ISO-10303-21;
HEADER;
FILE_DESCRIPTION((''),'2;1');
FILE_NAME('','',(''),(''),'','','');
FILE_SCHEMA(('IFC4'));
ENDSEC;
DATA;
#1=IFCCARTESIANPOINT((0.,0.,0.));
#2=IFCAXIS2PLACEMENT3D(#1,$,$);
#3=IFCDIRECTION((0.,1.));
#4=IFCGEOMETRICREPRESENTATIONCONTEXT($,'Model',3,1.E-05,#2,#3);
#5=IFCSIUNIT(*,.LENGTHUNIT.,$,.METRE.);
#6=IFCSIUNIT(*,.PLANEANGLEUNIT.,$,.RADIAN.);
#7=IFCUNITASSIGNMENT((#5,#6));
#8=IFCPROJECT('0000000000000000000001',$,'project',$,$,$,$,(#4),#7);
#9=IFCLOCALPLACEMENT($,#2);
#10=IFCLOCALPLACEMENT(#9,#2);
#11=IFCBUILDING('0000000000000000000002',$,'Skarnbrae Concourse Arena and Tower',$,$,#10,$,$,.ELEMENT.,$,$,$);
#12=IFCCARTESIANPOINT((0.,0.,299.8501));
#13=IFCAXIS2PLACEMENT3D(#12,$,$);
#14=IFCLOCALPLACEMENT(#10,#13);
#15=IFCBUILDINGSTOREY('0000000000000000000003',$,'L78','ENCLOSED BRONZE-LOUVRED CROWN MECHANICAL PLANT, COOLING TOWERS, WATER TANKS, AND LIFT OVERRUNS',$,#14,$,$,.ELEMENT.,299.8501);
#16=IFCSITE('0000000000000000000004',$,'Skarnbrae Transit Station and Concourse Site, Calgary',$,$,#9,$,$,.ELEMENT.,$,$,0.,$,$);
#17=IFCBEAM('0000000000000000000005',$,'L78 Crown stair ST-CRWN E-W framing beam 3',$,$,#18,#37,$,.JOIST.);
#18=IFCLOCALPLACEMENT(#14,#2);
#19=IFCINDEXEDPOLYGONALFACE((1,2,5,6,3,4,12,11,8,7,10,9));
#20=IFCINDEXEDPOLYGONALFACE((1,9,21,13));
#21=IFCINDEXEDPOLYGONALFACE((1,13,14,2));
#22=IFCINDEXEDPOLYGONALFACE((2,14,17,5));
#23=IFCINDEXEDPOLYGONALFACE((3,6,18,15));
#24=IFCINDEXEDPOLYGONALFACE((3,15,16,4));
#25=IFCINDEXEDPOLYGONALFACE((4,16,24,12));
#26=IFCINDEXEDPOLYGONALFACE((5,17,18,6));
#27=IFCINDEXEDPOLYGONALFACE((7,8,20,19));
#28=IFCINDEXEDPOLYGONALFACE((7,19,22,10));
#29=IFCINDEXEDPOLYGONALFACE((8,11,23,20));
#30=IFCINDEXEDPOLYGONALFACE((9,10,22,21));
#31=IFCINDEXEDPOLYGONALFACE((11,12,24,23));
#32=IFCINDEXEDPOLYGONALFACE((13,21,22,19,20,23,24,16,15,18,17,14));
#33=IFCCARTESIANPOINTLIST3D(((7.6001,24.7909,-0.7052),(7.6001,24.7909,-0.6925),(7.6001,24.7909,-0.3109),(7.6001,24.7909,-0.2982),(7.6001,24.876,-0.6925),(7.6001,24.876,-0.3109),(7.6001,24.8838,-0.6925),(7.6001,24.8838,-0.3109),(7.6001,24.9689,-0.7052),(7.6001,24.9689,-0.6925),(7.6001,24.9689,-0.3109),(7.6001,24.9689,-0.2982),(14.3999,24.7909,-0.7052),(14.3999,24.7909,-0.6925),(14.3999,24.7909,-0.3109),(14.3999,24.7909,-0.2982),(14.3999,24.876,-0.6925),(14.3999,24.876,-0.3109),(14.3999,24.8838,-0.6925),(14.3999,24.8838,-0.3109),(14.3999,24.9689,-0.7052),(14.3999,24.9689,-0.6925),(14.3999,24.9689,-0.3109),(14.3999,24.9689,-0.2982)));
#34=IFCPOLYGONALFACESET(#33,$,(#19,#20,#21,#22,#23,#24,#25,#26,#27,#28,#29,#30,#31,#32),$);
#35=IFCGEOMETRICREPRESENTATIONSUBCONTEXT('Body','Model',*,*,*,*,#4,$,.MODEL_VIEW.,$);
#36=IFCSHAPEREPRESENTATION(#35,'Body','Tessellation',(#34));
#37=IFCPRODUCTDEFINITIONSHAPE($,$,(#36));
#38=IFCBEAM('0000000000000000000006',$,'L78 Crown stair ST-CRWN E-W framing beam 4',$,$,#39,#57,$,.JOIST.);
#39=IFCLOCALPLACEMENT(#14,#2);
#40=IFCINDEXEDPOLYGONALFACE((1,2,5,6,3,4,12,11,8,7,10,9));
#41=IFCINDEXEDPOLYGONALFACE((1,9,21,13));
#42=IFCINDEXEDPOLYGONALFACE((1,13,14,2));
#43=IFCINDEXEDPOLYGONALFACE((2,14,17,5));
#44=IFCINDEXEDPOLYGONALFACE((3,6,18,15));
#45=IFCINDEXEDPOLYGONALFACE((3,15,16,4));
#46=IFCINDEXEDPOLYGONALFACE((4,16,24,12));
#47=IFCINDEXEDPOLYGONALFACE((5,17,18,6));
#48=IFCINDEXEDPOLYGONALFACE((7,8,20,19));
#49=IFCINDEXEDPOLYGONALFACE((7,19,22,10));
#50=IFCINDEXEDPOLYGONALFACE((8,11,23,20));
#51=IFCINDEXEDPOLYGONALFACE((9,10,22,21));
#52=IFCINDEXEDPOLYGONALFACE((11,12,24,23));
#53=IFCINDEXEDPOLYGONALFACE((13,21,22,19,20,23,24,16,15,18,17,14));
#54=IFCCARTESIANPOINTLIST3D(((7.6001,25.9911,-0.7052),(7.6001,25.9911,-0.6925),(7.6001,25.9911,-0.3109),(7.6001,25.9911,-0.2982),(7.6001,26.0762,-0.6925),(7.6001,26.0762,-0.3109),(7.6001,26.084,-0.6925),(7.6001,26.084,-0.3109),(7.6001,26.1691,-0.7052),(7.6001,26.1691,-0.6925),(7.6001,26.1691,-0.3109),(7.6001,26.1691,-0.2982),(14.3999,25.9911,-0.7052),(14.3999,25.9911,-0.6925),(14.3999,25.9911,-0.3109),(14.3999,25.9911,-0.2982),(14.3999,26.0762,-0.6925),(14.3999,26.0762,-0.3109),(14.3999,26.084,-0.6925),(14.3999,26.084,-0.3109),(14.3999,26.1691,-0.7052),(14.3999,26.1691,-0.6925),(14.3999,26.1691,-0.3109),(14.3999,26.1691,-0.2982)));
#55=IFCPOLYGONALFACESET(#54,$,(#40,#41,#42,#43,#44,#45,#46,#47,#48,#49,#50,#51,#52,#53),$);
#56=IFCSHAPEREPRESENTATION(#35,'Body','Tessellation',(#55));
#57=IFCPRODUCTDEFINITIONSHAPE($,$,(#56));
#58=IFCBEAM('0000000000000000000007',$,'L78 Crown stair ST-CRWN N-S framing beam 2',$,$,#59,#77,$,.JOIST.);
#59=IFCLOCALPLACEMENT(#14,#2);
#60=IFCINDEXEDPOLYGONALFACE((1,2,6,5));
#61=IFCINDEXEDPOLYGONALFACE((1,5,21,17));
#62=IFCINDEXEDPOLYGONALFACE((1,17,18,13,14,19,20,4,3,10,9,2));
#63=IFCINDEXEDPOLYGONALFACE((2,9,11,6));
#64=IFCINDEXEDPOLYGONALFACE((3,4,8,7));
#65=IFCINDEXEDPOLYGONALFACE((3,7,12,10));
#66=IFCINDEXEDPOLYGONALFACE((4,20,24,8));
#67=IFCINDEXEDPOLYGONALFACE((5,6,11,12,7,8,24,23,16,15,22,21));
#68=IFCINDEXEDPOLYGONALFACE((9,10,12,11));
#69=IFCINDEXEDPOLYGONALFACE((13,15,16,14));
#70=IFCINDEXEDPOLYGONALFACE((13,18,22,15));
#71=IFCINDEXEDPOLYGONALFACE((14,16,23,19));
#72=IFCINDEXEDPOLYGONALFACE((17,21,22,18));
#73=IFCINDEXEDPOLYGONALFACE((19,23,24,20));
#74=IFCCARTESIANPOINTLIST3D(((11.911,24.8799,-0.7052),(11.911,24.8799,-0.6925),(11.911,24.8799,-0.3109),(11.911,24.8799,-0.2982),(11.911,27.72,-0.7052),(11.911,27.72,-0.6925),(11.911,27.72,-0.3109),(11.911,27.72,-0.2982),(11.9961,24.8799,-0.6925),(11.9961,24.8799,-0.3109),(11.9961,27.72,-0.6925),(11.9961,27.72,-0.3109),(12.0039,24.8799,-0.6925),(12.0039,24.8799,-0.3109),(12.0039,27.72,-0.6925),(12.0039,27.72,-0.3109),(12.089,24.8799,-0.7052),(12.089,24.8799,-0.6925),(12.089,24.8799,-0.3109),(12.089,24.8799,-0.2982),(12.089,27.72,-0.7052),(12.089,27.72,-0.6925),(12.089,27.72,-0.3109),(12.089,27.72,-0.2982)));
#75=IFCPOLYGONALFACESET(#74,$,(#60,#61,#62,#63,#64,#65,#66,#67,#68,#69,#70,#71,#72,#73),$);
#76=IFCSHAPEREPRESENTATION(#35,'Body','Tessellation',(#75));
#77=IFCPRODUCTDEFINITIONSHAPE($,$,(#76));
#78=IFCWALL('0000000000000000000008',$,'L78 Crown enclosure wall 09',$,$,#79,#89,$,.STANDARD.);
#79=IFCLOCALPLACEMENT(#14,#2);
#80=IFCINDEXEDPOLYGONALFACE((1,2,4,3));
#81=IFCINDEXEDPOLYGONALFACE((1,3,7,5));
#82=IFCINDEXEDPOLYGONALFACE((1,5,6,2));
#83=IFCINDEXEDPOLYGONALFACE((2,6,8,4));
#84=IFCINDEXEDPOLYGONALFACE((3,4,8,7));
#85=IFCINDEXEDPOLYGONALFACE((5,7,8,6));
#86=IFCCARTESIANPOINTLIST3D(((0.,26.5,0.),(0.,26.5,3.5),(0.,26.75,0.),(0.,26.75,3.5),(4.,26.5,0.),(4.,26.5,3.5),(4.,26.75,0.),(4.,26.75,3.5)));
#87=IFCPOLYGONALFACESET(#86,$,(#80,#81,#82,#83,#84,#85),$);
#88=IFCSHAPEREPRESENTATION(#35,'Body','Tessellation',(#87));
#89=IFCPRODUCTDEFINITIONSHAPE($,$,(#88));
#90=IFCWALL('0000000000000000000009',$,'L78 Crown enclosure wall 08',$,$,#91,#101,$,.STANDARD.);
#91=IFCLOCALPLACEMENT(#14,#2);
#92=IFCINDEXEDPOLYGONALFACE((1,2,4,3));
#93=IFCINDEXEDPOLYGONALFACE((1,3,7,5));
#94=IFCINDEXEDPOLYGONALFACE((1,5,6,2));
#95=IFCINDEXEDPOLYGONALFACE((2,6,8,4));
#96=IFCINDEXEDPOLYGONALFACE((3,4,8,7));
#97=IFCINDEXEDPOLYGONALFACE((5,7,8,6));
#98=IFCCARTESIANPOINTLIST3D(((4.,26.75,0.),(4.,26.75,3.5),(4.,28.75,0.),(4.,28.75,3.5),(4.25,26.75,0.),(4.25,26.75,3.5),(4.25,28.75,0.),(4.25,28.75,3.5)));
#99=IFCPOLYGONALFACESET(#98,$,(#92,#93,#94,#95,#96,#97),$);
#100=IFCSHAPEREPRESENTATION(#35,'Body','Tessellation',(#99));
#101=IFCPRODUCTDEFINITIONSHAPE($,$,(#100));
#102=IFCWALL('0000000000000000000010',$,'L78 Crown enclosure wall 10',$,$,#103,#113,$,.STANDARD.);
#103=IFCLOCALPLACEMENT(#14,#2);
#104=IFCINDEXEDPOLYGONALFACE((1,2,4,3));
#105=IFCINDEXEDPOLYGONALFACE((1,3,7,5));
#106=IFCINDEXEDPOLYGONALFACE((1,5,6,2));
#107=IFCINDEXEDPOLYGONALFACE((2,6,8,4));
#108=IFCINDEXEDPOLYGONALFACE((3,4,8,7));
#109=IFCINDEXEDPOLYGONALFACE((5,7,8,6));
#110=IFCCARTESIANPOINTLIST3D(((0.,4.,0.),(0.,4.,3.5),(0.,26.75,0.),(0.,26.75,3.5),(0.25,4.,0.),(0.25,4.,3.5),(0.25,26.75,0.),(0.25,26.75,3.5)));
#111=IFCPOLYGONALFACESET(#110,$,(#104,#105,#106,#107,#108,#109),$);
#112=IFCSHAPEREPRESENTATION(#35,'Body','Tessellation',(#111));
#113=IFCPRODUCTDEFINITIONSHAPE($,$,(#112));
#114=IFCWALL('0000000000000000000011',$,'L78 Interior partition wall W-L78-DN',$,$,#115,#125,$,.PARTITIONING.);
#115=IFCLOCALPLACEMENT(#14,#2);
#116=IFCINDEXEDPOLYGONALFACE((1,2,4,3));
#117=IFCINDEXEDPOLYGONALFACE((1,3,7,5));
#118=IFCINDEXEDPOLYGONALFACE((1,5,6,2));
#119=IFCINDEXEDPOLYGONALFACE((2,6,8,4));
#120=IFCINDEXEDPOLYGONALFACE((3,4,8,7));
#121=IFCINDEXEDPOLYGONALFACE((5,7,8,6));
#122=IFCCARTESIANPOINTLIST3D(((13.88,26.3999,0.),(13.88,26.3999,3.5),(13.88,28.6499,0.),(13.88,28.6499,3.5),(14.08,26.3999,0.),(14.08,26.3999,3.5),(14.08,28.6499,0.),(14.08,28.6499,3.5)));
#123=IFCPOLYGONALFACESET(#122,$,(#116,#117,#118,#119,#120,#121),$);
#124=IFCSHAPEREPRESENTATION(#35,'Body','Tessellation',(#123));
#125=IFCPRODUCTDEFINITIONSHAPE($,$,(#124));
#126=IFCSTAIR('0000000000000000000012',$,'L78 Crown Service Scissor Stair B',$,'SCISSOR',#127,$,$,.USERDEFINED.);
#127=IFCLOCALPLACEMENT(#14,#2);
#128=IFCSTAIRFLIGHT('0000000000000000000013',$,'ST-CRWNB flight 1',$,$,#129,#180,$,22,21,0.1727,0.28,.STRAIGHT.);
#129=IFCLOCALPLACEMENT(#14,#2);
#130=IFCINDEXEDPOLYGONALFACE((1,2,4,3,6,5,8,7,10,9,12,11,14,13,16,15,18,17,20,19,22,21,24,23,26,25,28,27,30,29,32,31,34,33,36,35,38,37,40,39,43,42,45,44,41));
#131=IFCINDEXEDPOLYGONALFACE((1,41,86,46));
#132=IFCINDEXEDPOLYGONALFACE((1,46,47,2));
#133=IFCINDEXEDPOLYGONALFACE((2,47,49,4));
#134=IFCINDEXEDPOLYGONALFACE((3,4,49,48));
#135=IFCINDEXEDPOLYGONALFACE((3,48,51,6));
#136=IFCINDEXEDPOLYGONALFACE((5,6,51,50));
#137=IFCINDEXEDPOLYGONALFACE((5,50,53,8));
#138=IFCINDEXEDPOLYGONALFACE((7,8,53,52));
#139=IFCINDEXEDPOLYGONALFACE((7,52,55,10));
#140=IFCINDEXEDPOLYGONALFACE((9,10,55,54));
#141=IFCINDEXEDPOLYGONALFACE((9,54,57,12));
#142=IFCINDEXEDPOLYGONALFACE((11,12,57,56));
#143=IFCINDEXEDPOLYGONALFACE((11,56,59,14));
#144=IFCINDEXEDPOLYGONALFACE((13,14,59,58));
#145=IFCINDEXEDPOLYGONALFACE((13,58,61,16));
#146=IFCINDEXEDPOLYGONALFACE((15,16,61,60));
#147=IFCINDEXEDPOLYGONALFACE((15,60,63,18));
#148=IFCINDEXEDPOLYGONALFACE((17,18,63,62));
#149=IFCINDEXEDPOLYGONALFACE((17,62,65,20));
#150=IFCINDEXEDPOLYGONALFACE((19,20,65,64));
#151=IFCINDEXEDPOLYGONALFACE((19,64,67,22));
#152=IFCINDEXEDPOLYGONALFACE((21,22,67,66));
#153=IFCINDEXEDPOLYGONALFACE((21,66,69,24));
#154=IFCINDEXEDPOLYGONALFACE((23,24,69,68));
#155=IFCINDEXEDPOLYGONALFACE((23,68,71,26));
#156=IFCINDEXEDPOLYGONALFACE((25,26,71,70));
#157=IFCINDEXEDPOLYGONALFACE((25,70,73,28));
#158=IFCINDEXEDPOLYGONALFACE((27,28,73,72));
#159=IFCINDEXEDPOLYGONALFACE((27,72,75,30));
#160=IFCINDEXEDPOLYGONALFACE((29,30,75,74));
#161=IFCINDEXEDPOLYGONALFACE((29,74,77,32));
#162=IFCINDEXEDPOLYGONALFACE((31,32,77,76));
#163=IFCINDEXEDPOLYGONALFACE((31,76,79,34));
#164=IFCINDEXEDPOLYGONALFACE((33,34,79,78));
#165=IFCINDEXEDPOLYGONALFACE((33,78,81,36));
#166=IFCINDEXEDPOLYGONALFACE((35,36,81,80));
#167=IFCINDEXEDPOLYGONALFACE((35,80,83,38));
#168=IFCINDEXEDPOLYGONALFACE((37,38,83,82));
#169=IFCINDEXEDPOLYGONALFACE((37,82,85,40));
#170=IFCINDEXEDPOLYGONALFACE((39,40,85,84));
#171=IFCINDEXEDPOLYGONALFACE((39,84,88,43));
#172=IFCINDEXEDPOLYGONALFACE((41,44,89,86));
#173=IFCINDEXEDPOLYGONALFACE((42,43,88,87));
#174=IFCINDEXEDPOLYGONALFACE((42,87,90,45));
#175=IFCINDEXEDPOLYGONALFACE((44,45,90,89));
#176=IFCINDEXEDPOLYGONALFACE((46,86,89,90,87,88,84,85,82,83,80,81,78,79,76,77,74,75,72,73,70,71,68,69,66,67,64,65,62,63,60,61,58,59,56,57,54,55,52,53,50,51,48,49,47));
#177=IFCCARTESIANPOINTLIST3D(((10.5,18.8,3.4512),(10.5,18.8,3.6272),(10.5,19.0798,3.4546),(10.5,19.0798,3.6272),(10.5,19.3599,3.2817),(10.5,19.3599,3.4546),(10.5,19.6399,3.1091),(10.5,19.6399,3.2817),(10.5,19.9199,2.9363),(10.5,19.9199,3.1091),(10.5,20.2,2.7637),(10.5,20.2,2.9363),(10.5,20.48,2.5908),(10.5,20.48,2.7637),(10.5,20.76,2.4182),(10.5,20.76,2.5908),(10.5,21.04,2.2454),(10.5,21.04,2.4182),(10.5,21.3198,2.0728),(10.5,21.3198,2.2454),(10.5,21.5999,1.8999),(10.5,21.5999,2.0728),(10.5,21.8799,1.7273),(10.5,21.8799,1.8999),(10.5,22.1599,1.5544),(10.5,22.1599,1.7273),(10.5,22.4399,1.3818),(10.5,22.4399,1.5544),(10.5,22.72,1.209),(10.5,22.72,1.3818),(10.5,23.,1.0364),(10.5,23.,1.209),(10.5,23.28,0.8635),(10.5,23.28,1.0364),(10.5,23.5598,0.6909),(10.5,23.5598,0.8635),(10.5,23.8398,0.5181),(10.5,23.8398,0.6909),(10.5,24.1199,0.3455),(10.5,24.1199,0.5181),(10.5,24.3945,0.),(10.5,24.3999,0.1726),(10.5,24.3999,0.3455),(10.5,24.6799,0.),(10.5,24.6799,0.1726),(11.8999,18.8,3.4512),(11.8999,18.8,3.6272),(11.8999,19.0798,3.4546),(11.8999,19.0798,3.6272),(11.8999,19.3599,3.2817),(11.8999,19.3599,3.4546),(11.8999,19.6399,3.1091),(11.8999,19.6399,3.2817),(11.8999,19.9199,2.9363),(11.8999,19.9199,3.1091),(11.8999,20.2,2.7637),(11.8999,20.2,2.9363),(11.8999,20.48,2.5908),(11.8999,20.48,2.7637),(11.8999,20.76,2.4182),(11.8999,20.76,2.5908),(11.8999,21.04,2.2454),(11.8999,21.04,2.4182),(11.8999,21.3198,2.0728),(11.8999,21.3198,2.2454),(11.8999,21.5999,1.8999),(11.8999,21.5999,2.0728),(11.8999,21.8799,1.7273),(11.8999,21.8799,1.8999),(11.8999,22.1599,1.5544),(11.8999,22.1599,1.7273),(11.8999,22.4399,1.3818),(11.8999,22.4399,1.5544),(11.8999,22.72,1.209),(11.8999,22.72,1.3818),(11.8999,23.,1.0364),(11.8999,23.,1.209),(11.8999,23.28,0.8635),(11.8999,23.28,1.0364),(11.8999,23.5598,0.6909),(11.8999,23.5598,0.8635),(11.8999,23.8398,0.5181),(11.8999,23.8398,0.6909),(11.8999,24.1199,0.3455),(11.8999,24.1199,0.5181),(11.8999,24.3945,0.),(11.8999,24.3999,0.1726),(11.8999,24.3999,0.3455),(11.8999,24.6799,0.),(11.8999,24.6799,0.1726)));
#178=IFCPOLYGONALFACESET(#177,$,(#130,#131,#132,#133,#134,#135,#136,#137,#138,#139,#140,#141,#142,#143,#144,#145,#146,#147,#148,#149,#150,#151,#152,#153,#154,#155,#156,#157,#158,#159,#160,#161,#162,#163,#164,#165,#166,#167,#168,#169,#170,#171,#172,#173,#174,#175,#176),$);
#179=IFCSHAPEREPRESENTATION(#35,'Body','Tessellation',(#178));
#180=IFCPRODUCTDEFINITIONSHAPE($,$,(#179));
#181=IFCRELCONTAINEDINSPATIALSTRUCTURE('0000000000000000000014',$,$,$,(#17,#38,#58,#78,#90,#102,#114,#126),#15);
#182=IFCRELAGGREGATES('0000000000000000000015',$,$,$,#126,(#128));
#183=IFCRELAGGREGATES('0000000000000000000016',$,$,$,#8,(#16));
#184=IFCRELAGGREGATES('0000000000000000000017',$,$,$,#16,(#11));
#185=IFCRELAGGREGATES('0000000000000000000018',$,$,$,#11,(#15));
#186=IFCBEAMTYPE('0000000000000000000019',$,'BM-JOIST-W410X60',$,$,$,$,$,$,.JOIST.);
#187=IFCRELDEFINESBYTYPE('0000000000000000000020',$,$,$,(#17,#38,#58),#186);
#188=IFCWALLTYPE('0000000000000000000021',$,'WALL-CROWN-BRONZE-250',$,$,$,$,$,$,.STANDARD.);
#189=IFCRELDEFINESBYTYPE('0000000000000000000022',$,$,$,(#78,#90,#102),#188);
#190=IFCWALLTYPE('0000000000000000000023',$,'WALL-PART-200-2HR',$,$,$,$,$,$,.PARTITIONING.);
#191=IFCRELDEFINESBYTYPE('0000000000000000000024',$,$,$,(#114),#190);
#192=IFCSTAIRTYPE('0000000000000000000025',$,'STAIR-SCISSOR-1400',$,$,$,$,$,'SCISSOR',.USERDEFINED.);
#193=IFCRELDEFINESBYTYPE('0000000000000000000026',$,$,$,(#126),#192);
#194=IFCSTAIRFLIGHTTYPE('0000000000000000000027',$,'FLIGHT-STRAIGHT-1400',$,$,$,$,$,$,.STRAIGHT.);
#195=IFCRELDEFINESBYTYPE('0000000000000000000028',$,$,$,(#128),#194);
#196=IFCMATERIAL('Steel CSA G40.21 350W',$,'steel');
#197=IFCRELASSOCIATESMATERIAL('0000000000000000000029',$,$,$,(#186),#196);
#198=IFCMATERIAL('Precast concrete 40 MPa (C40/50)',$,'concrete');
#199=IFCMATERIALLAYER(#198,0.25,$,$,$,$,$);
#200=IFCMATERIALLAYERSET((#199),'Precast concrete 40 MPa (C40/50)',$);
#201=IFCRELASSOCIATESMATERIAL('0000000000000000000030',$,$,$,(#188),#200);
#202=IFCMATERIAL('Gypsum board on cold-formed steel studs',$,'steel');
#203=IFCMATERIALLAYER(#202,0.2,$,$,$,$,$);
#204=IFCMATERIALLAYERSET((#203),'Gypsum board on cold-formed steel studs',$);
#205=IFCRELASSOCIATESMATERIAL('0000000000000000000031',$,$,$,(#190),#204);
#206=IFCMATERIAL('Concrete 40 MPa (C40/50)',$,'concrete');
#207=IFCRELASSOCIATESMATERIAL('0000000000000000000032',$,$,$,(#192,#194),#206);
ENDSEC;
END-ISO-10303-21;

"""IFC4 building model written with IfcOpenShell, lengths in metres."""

from ifc_helpers import new_model, si_unit, direction, frame, frame_2d, origin, origin_2d, place, context, subcontext, project, spatial, polyline, rectangle, i_section, outline, extrude, source, transform, mapped, material, layer, layer_set, material_profile, profile_set, type_object, element, aggregate, save


model = new_model("IFC4")

# Units and contexts
model_context = context("Model", 3, precision=1e-05, world=origin(), true_north=direction((0.0, 1.0)))
body_context = subcontext(model_context, "Body", "Model", "MODEL_VIEW")
ifc_project = project(units=[si_unit("LENGTHUNIT", "METRE"), si_unit("PLANEANGLEUNIT", "RADIAN")], contexts=[model_context])

# Site, building, storey
site_placement = place(None, origin())
site = spatial("IfcSite", under=ifc_project, at=site_placement, Name="Skarnbrae Transit Station and Concourse Site, Calgary", CompositionType="ELEMENT", RefElevation=0.0)
building_placement = place(site_placement, origin())
building = spatial("IfcBuilding", under=site, at=building_placement, Name="Skarnbrae Concourse Arena and Tower", CompositionType="ELEMENT")
storey_placement = place(building_placement, frame((0.0, 0.0, 299.8501)))
storey = spatial("IfcBuildingStorey", under=building, at=storey_placement, Name="L78", Description="ENCLOSED BRONZE-LOUVRED CROWN MECHANICAL PLANT, COOLING TOWERS, WATER TANKS, AND LIFT OVERRUNS", CompositionType="ELEMENT", Elevation=299.8501)

# Shared definitions
ifc_material_1 = material(Name="Steel CSA G40.21 350W", Category="steel")

# Beams
ifc_material_profile_1 = material_profile(ifc_material_1, i_section(OverallWidth=0.178, OverallDepth=0.407, WebThickness=0.0078, FlangeThickness=0.0127, at=origin_2d()), Name="W410X60")
ifc_profile_set_1 = profile_set([ifc_material_profile_1], Name="Steel CSA G40.21 350W")
beam_type_1 = type_object("IfcBeamType", Name="BM-JOIST-W410X60", PredefinedType="JOIST", material=ifc_profile_set_1)
shared_shape_1 = source(origin(), body_context, "Body", "SweptSolid", [
    extrude(i_section(OverallWidth=0.178, OverallDepth=0.407, WebThickness=0.0078, FlangeThickness=0.0127, at=origin_2d()), origin(), (0.0, 0.0, 1.0), 6.7998),
])
for number, where, z_axis, x_axis, name in (
    (1, (7.6001, 24.8799, -0.5017), (1.0, 0.0, 0.0), (0.0, 1.0, 0.0), "L78 Crown stair ST-CRWN E-W framing beam 3"),
    (2, (7.6001, 26.0801, -0.5017), (1.0, 0.0, 0.0), (0.0, 1.0, 0.0), "L78 Crown stair ST-CRWN E-W framing beam 4"),
):
    element("IfcBeam", number, at=place(storey_placement, frame(where, z_axis=z_axis, x_axis=x_axis)), inside=storey, type_object=beam_type_1, Name=name, PredefinedType="JOIST", context=body_context, shape_type="MappedRepresentation", body=[
        mapped(shared_shape_1, transform((0.0, 0.0, 0.0))),
    ])
shared_shape_2 = source(origin(), body_context, "Body", "SweptSolid", [
    extrude(i_section(OverallWidth=0.178, OverallDepth=0.407, WebThickness=0.0078, FlangeThickness=0.0127, at=origin_2d()), origin(), (0.0, 0.0, 1.0), 2.8401),
])
beam_1_placement = place(storey_placement, frame((12.0, 24.8799, -0.5017), z_axis=(0.0, 1.0, 0.0), x_axis=(-1.0, 0.0, 0.0)))
element("IfcBeam", 3, at=beam_1_placement, inside=storey, type_object=beam_type_1, Name="L78 Crown stair ST-CRWN N-S framing beam 2", PredefinedType="JOIST", context=body_context, shape_type="MappedRepresentation", body=[
    mapped(shared_shape_2, transform((0.0, 0.0, 0.0))),
])

# Walls
ifc_material_2 = material(Name="Precast concrete 40 MPa (C40/50)", Category="concrete")
ifc_layer_1 = layer(ifc_material_2, 0.25)
ifc_layer_set_1 = layer_set([ifc_layer_1], Name="Precast concrete 40 MPa (C40/50)")
wall_type_1 = type_object("IfcWallType", Name="WALL-CROWN-BRONZE-250", PredefinedType="STANDARD", material=ifc_layer_set_1)
shared_shape_3 = source(origin(), body_context, "Body", "SweptSolid", [
    extrude(rectangle(XDim=4.0, YDim=0.25, at=frame_2d((2.0, 0.0))), origin(), (0.0, 0.0, 1.0), 3.5),
])
wall_1_placement = place(storey_placement, frame((4.0, 26.625, 0.0), z_axis=(0.0, 0.0, 1.0), x_axis=(-1.0, 0.0, 0.0)))
element("IfcWall", 4, at=wall_1_placement, inside=storey, type_object=wall_type_1, Name="L78 Crown enclosure wall 09", PredefinedType="STANDARD", context=body_context, shape_type="MappedRepresentation", body=[
    mapped(shared_shape_3, transform((0.0, 0.0, 0.0))),
])
shared_shape_4 = source(origin(), body_context, "Body", "SweptSolid", [
    extrude(rectangle(XDim=2.0, YDim=0.25, at=frame_2d((1.0, 0.0))), origin(), (0.0, 0.0, 1.0), 3.5),
])
wall_2_placement = place(storey_placement, frame((4.125, 28.75, 0.0), z_axis=(0.0, 0.0, 1.0), x_axis=(0.0, -1.0, 0.0)))
element("IfcWall", 5, at=wall_2_placement, inside=storey, type_object=wall_type_1, Name="L78 Crown enclosure wall 08", PredefinedType="STANDARD", context=body_context, shape_type="MappedRepresentation", body=[
    mapped(shared_shape_4, transform((0.0, 0.0, 0.0))),
])
shared_shape_5 = source(origin(), body_context, "Body", "SweptSolid", [
    extrude(rectangle(XDim=22.75, YDim=0.25, at=frame_2d((11.375, 0.0))), origin(), (0.0, 0.0, 1.0), 3.5),
])
wall_3_placement = place(storey_placement, frame((0.125, 26.75, 0.0), z_axis=(0.0, 0.0, 1.0), x_axis=(0.0, -1.0, 0.0)))
element("IfcWall", 6, at=wall_3_placement, inside=storey, type_object=wall_type_1, Name="L78 Crown enclosure wall 10", PredefinedType="STANDARD", context=body_context, shape_type="MappedRepresentation", body=[
    mapped(shared_shape_5, transform((0.0, 0.0, 0.0))),
])

# Wall
ifc_material_3 = material(Name="Gypsum board on cold-formed steel studs", Category="steel")
ifc_layer_2 = layer(ifc_material_3, 0.2)
ifc_layer_set_2 = layer_set([ifc_layer_2], Name="Gypsum board on cold-formed steel studs")
wall_type_2 = type_object("IfcWallType", Name="WALL-PART-200-2HR", PredefinedType="PARTITIONING", material=ifc_layer_set_2)
shared_shape_6 = source(origin(), body_context, "Body", "SweptSolid", [
    extrude(rectangle(XDim=2.25, YDim=0.2, at=frame_2d((1.125, 0.0))), origin(), (0.0, 0.0, 1.0), 3.5),
])
wall_4_placement = place(storey_placement, frame((13.98, 26.3999, 0.0), z_axis=(0.0, 0.0, 1.0), x_axis=(0.0, 1.0, 0.0)))
element("IfcWall", 7, at=wall_4_placement, inside=storey, type_object=wall_type_2, Name="L78 Interior partition wall W-L78-DN", PredefinedType="PARTITIONING", context=body_context, shape_type="MappedRepresentation", body=[
    mapped(shared_shape_6, transform((0.0, 0.0, 0.0))),
])

# Stair, stair flight
ifc_material_4 = material(Name="Concrete 40 MPa (C40/50)", Category="concrete")
stair_type = type_object("IfcStairType", Name="STAIR-SCISSOR-1400", ElementType="SCISSOR", PredefinedType="USERDEFINED", material=ifc_material_4)
stair_placement = place(storey_placement, origin())
stair = element("IfcStair", 8, at=stair_placement, inside=storey, type_object=stair_type, Name="L78 Crown Service Scissor Stair B", ObjectType="SCISSOR", PredefinedType="USERDEFINED")
stair_flight_type = type_object("IfcStairFlightType", Name="FLIGHT-STRAIGHT-1400", PredefinedType="STRAIGHT", material=ifc_material_4)
shared_shape_7 = source(origin(), body_context, "Body", "SweptSolid", [
    extrude(outline(polyline([(0.0, 0.0), (0.0, 0.1726), (0.28, 0.1726), (0.28, 0.3455), (0.5601, 0.3455), (0.5601, 0.5181), (0.8401, 0.5181), (0.8401, 0.6909), (1.1201, 0.6909), (1.1201, 0.8635), (1.3999, 0.8635), (1.3999, 1.0364), (1.6799, 1.0364), (1.6799, 1.209), (1.96, 1.209), (1.96, 1.3818), (2.24, 1.3818), (2.24, 1.5544), (2.52, 1.5544), (2.52, 1.7273), (2.8, 1.7273), (2.8, 1.8999), (3.0801, 1.8999), (3.0801, 2.0728), (3.3601, 2.0728), (3.3601, 2.2454), (3.6399, 2.2454), (3.6399, 2.4182), (3.9199, 2.4182), (3.9199, 2.5908), (4.2, 2.5908), (4.2, 2.7637), (4.48, 2.7637), (4.48, 2.9363), (4.76, 2.9363), (4.76, 3.1091), (5.04, 3.1091), (5.04, 3.2817), (5.3201, 3.2817), (5.3201, 3.4546), (5.6001, 3.4546), (5.6001, 3.6272), (5.8799, 3.6272), (5.8799, 3.8), (5.8799, 3.4512), (0.2854, 0.0), (0.0, 0.0)])), frame((0.0, 0.7, 0.0), z_axis=(0.0, -1.0, 0.0), x_axis=(1.0, 0.0, 0.0)), (0.0, 0.0, 1.0), 1.3999),
])
stair_flight_placement = place(storey_placement, frame((11.2, 24.6799, 0.0), z_axis=(0.0, 0.0, 1.0), x_axis=(0.0, -1.0, 0.0)))
stair_flight = element("IfcStairFlight", 9, at=stair_flight_placement, type_object=stair_flight_type, Name="ST-CRWNB flight 1", NumberOfRisers=22, NumberOfTreads=21, PredefinedType="STRAIGHT", RiserHeight=0.1727, TreadLength=0.28, context=body_context, shape_type="MappedRepresentation", body=[
    mapped(shared_shape_7, transform((0.0, 0.0, 0.0))),
])
aggregate(stair, [stair_flight])

save(model, "model.ifc")
